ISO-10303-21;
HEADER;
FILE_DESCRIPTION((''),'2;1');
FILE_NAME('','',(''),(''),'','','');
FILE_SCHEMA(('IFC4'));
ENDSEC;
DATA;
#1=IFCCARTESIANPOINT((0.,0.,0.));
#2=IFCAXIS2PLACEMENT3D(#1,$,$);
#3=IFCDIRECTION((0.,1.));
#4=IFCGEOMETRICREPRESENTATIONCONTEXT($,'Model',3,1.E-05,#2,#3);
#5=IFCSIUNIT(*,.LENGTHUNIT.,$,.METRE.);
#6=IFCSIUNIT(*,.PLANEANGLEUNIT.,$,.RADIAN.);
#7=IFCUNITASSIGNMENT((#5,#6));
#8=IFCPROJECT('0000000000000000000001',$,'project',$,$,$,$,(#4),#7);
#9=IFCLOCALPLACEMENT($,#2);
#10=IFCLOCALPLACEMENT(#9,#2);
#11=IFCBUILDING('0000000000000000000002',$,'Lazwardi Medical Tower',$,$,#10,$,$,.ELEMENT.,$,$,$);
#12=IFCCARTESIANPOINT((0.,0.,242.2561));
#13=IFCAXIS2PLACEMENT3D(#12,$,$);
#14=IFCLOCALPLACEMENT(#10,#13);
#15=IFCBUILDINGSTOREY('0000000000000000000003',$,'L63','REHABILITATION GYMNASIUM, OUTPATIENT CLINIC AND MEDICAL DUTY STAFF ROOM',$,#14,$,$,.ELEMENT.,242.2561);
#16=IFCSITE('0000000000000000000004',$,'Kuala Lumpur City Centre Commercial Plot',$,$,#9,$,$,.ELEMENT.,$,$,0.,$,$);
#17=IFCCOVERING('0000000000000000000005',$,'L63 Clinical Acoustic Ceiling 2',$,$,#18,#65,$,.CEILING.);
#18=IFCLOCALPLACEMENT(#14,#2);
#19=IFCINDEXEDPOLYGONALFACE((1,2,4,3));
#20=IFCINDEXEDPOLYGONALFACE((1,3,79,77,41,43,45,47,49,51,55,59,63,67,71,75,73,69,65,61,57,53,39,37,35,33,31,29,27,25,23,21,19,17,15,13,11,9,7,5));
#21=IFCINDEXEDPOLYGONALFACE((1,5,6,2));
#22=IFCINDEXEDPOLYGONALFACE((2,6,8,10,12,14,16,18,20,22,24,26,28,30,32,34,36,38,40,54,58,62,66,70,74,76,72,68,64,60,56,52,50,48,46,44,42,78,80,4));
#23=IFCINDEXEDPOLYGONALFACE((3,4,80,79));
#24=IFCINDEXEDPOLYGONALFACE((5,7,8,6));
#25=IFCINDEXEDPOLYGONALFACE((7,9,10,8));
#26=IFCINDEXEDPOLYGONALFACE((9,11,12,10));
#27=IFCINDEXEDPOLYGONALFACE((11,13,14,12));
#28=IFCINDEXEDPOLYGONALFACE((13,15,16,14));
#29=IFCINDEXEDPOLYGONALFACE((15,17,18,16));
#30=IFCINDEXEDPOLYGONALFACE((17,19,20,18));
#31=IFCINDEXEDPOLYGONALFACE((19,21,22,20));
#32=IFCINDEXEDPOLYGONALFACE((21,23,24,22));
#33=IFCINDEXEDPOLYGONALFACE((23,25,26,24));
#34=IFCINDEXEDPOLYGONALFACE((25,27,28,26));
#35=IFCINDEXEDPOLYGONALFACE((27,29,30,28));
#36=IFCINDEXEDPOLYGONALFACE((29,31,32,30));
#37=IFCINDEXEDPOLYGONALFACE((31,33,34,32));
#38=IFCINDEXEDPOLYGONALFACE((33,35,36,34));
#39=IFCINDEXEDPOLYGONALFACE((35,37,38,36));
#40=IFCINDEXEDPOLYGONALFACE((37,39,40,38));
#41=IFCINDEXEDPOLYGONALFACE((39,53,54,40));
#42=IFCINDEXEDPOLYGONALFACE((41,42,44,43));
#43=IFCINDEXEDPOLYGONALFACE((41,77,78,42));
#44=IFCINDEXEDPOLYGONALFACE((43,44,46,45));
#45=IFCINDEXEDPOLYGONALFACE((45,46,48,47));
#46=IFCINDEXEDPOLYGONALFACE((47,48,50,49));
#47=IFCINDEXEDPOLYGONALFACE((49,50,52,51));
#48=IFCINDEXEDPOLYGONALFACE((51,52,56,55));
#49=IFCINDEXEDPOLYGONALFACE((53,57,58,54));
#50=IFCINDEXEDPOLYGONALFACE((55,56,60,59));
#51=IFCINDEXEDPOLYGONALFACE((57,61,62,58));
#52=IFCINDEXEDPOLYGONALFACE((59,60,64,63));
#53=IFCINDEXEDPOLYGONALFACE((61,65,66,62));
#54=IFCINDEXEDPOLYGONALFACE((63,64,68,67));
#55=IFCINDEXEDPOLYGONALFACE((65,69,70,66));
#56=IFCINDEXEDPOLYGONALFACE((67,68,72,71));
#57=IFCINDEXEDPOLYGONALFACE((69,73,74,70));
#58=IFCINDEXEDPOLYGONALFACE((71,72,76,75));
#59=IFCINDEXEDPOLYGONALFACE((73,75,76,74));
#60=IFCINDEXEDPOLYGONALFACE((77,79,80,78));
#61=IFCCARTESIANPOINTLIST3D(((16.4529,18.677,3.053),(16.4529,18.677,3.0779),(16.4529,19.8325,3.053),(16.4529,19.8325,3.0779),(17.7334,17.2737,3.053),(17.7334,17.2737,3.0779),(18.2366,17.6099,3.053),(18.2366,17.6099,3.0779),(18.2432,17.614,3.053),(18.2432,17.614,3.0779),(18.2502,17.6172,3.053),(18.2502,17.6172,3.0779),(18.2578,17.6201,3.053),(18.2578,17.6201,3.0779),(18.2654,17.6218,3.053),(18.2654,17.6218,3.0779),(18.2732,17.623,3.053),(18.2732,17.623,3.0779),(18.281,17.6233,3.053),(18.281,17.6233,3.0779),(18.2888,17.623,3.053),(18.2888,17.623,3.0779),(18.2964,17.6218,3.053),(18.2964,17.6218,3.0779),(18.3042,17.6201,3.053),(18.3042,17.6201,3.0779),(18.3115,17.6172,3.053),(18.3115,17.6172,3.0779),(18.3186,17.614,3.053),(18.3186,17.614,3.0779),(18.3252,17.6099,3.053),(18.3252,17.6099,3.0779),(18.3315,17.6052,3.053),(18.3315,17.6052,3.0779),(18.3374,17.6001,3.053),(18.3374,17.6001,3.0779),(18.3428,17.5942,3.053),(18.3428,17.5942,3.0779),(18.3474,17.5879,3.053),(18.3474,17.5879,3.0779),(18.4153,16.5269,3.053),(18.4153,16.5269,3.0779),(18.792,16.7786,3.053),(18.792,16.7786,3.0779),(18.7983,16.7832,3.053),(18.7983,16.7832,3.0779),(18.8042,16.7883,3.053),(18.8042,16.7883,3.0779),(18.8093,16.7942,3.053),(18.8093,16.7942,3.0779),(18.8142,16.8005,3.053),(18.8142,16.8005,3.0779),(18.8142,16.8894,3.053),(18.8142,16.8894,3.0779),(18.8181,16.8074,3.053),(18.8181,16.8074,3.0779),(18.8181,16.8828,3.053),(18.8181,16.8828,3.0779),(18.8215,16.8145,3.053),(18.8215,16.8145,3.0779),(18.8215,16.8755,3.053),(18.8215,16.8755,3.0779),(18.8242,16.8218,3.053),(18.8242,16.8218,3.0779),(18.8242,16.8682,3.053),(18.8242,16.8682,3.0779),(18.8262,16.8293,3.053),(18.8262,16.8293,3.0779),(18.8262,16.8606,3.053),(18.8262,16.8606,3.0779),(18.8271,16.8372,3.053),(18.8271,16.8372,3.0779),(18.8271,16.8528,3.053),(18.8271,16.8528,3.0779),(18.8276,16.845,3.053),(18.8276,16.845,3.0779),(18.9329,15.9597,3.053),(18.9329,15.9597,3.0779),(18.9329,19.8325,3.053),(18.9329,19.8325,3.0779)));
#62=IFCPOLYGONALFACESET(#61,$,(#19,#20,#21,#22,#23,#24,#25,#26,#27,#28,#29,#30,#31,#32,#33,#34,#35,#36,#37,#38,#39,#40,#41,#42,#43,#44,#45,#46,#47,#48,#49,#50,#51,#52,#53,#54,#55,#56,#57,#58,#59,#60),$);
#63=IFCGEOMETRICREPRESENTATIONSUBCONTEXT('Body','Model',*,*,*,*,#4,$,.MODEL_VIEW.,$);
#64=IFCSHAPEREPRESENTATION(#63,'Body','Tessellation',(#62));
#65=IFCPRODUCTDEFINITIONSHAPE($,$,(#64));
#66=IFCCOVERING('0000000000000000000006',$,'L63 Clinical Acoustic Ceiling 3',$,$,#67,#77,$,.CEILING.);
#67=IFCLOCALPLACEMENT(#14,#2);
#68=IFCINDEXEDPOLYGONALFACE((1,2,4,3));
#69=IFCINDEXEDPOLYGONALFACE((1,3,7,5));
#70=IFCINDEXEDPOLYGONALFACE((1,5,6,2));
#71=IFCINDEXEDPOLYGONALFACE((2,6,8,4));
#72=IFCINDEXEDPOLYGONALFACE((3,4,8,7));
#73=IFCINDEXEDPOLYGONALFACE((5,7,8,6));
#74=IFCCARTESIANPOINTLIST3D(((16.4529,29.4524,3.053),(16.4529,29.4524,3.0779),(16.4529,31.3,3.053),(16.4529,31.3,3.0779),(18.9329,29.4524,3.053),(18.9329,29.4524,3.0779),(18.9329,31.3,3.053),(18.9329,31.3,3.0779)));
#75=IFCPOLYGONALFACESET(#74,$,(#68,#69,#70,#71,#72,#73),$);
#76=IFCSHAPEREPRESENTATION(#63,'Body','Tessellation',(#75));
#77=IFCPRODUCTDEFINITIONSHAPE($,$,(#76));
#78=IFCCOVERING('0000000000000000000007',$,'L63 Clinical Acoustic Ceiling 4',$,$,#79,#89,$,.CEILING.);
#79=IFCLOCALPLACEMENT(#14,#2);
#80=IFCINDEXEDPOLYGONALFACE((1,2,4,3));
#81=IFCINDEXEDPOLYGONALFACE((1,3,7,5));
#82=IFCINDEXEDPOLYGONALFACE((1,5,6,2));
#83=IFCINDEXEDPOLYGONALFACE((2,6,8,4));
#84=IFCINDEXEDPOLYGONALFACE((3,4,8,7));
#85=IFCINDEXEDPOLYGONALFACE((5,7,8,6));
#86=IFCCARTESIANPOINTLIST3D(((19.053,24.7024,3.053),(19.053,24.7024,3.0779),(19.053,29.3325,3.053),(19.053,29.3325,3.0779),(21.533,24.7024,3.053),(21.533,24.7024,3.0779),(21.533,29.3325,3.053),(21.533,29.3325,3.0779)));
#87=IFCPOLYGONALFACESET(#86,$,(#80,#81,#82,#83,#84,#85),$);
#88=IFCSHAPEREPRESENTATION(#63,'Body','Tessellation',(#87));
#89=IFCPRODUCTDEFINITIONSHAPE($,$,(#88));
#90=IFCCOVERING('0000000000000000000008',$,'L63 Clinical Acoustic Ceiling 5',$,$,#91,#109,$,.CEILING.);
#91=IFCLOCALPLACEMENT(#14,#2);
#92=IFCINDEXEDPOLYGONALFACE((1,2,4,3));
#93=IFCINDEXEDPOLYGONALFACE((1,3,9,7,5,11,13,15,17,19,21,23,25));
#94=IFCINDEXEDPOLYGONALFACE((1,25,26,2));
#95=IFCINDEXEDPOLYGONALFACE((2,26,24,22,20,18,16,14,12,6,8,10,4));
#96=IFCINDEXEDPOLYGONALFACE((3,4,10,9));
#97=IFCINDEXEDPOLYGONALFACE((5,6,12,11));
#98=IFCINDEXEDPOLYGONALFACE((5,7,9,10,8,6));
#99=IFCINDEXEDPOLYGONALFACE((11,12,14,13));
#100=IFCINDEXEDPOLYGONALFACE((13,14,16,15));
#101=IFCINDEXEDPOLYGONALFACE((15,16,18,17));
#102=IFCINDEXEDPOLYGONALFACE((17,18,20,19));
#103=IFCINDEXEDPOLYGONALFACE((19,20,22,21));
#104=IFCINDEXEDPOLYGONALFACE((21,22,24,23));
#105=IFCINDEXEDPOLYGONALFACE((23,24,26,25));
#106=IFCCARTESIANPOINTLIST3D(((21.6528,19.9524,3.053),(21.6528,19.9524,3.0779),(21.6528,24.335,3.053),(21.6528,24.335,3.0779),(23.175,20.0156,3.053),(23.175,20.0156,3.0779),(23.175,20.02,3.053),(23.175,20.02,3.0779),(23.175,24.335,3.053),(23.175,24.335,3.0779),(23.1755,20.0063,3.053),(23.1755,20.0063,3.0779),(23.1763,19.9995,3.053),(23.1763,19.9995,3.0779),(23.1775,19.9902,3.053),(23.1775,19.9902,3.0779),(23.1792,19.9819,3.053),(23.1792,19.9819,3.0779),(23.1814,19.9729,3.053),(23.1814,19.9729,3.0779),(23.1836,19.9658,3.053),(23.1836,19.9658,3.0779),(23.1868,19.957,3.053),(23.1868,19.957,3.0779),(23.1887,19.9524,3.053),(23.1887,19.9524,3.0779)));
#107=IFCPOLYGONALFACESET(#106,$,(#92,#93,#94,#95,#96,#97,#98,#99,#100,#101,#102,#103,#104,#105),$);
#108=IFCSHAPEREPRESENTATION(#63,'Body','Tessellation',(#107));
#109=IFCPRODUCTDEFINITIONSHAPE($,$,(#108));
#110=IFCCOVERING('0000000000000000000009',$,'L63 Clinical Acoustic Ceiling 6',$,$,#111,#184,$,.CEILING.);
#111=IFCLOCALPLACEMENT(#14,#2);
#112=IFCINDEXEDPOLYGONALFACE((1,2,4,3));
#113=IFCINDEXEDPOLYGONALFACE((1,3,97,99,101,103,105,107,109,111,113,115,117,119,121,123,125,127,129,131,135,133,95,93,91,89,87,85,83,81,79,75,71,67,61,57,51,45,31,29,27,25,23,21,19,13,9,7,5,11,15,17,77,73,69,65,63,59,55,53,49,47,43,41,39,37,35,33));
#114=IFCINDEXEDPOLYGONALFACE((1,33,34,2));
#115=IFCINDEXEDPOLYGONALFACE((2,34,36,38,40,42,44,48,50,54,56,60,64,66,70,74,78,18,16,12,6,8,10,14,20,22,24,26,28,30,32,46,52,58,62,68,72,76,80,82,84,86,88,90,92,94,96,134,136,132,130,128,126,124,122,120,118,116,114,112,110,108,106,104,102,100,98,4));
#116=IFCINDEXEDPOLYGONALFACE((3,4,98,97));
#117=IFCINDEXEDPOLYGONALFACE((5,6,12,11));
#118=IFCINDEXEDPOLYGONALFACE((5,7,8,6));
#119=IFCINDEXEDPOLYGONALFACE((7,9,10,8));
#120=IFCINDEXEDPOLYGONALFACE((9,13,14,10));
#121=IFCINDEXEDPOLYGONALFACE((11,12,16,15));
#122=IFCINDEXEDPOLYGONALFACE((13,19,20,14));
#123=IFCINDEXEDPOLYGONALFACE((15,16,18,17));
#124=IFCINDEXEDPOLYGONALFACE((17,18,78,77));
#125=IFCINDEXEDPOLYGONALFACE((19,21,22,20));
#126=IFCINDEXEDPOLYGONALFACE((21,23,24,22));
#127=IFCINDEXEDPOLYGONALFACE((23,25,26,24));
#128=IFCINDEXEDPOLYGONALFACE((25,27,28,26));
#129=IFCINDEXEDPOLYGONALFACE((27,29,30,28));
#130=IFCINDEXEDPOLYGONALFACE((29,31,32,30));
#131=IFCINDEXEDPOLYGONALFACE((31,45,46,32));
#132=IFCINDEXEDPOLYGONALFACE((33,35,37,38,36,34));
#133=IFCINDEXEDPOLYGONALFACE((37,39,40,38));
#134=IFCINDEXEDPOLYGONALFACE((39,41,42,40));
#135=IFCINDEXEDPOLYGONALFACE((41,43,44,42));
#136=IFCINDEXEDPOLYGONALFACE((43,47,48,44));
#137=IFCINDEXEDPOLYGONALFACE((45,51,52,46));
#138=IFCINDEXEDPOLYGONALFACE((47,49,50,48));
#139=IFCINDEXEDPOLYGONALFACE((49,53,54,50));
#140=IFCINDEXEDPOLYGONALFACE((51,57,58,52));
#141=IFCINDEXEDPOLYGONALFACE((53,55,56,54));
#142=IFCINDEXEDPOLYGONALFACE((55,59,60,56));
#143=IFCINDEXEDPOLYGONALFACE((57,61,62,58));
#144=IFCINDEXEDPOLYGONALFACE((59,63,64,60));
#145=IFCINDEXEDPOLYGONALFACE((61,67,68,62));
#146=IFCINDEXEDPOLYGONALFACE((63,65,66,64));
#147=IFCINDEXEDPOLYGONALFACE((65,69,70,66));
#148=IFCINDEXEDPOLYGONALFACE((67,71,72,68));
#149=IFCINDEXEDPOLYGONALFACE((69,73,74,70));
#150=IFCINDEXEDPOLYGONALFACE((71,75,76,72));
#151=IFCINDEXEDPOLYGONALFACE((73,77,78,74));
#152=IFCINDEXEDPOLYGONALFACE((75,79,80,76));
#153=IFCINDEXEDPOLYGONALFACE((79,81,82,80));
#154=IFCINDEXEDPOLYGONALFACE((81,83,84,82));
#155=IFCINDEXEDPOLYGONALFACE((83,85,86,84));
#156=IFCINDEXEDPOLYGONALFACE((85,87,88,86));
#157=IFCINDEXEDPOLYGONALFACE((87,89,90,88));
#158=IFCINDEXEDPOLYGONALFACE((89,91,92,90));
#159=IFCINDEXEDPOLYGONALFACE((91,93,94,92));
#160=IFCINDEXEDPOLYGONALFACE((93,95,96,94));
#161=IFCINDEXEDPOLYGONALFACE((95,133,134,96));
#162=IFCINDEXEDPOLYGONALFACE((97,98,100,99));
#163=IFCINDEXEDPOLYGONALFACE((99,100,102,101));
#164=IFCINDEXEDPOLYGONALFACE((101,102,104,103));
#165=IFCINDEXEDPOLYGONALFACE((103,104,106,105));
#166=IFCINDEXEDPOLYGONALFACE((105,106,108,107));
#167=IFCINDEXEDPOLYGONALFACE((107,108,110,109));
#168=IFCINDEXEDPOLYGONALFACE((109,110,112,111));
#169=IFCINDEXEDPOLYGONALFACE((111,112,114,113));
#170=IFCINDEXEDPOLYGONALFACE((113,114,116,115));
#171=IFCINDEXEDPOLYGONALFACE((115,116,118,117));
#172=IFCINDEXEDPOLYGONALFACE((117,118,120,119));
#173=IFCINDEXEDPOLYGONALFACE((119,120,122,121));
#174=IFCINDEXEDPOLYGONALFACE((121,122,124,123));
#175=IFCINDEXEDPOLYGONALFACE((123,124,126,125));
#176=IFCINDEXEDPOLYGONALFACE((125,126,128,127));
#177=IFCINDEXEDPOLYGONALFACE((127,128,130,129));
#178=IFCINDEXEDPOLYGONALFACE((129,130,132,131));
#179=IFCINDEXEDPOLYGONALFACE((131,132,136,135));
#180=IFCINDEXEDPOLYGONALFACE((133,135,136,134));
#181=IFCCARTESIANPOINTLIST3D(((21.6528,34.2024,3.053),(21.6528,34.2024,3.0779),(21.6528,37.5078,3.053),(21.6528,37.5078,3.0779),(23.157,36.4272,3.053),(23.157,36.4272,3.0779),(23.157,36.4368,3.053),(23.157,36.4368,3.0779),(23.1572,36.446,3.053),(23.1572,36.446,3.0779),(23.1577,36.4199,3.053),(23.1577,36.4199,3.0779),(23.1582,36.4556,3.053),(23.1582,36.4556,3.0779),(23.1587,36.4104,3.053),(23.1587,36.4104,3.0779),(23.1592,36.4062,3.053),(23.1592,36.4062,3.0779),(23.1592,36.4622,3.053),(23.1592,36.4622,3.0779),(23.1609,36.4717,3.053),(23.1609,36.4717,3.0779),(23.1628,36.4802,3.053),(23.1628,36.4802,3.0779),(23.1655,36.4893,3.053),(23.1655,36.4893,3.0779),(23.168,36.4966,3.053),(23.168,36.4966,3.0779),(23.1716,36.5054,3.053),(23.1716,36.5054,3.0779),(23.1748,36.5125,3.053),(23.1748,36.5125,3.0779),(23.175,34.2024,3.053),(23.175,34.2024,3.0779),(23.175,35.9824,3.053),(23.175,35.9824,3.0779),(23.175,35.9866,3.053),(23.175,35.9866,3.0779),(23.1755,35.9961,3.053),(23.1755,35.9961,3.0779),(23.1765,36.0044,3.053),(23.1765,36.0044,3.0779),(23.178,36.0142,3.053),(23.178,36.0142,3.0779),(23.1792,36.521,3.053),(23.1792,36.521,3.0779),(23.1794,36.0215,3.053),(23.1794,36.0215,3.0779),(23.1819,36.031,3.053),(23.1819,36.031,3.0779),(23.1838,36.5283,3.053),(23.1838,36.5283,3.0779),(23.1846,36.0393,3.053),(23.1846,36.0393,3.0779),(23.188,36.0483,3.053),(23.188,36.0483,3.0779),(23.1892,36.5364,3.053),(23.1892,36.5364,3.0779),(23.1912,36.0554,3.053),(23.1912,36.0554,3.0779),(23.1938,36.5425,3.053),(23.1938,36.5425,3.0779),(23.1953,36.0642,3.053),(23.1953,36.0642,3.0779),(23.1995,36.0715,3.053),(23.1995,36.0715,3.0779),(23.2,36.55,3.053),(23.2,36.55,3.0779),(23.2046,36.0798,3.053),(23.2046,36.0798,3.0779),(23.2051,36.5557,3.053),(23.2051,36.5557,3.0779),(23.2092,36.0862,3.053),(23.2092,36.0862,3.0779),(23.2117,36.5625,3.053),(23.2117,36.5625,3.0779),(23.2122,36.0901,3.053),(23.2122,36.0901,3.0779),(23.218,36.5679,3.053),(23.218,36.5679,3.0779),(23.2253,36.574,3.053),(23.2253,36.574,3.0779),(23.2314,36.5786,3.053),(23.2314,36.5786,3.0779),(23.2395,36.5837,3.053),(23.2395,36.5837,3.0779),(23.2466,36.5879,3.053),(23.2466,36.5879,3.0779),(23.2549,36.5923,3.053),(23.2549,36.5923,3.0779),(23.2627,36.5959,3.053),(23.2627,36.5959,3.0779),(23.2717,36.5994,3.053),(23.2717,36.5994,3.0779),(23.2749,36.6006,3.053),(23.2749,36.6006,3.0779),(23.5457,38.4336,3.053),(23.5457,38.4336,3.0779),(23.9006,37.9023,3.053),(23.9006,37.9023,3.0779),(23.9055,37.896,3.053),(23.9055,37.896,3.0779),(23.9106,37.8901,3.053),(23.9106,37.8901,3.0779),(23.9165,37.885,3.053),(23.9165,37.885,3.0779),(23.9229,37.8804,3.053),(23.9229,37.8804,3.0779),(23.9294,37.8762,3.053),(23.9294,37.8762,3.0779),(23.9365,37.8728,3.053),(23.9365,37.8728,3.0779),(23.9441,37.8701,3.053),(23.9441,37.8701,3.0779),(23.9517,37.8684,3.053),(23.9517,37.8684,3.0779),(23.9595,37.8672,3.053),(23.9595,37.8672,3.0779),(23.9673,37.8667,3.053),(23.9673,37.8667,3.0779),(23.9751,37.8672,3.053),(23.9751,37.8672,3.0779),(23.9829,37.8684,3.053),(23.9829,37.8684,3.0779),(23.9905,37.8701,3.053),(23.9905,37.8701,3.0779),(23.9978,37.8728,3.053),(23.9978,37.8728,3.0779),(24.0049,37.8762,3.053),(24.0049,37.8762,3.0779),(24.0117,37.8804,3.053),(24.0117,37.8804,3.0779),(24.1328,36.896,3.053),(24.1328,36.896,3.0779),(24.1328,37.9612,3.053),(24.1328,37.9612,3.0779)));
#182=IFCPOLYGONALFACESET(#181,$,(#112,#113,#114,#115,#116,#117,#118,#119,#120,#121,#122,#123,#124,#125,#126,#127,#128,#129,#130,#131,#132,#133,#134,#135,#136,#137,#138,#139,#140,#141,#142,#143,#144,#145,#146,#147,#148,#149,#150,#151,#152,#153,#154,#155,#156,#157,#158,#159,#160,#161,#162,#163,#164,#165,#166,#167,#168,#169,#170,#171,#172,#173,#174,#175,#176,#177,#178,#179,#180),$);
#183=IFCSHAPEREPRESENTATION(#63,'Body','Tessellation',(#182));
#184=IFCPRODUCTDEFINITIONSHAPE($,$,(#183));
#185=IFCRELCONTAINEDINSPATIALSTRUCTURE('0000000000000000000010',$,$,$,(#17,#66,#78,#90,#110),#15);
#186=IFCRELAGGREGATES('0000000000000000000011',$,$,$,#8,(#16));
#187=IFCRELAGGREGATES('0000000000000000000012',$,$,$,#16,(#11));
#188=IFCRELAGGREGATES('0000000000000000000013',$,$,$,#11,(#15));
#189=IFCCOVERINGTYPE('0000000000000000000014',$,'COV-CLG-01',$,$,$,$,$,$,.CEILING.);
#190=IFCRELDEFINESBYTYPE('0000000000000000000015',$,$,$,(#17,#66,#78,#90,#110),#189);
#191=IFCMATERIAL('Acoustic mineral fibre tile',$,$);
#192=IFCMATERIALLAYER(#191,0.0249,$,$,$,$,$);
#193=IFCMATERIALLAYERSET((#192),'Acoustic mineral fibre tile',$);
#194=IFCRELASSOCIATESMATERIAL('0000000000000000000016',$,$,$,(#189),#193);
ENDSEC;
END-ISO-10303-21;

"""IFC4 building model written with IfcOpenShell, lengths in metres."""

from ifc_helpers import new_model, si_unit, direction, frame, origin, place, context, subcontext, project, spatial, polyline, outline, extrude, material, layer, layer_set, type_object, element, save


model = new_model("IFC4")

# Units and contexts
model_context = context("Model", 3, precision=1e-05, world=origin(), true_north=direction((0.0, 1.0)))
body_context = subcontext(model_context, "Body", "Model", "MODEL_VIEW")
ifc_project = project(units=[si_unit("LENGTHUNIT", "METRE"), si_unit("PLANEANGLEUNIT", "RADIAN")], contexts=[model_context])

# Site, building, storey
site_placement = place(None, origin())
site = spatial("IfcSite", under=ifc_project, at=site_placement, Name="Kuala Lumpur City Centre Commercial Plot", CompositionType="ELEMENT", RefElevation=0.0)
building_placement = place(site_placement, origin())
building = spatial("IfcBuilding", under=site, at=building_placement, Name="Lazwardi Medical Tower", CompositionType="ELEMENT")
storey_placement = place(building_placement, frame((0.0, 0.0, 242.2561)))
storey = spatial("IfcBuildingStorey", under=building, at=storey_placement, Name="L63", Description="REHABILITATION GYMNASIUM, OUTPATIENT CLINIC AND MEDICAL DUTY STAFF ROOM", CompositionType="ELEMENT", Elevation=242.2561)

# Coverings
ifc_material_1 = material(Name="Acoustic mineral fibre tile")
ifc_layer_1 = layer(ifc_material_1, 0.0249)
ifc_layer_set_1 = layer_set([ifc_layer_1], Name="Acoustic mineral fibre tile")
covering_type_1 = type_object("IfcCoveringType", Name="COV-CLG-01", PredefinedType="CEILING", material=ifc_layer_set_1)
covering_1_placement = place(storey_placement, frame((0.0, 0.0, 3.053)))
element("IfcCovering", 1, at=covering_1_placement, inside=storey, type_object=covering_type_1, Name="L63 Clinical Acoustic Ceiling 2", PredefinedType="CEILING", context=body_context, shape_type="SweptSolid", body=[
    extrude(outline(polyline([(16.4529, 18.677), (17.7334, 17.2737), (18.2366, 17.6099), (18.2432, 17.614), (18.2502, 17.6172), (18.2578, 17.6201), (18.2654, 17.6218), (18.2732, 17.623), (18.281, 17.6233), (18.2888, 17.623), (18.2964, 17.6218), (18.3042, 17.6201), (18.3115, 17.6172), (18.3186, 17.614), (18.3252, 17.6099), (18.3315, 17.6052), (18.3374, 17.6001), (18.3428, 17.5942), (18.3474, 17.5879), (18.8142, 16.8894), (18.8181, 16.8828), (18.8215, 16.8755), (18.8242, 16.8682), (18.8262, 16.8606), (18.8271, 16.8528), (18.8276, 16.845), (18.8271, 16.8372), (18.8262, 16.8293), (18.8242, 16.8218), (18.8215, 16.8145), (18.8181, 16.8074), (18.8142, 16.8005), (18.8093, 16.7942), (18.8042, 16.7883), (18.7983, 16.7832), (18.792, 16.7786), (18.4153, 16.5269), (18.9329, 15.9597), (18.9329, 19.8325), (16.4529, 19.8325), (16.4529, 18.677)])), origin(), (0.0, 0.0, 1.0), 0.0249),
])
covering_2_placement = place(storey_placement, frame((0.0, 0.0, 3.053)))
element("IfcCovering", 2, at=covering_2_placement, inside=storey, type_object=covering_type_1, Name="L63 Clinical Acoustic Ceiling 3", PredefinedType="CEILING", context=body_context, shape_type="SweptSolid", body=[
    extrude(outline(polyline([(18.9329, 31.3), (16.4529, 31.3), (16.4529, 29.4524), (18.9329, 29.4524), (18.9329, 31.3)])), origin(), (0.0, 0.0, 1.0), 0.0249),
])
covering_3_placement = place(storey_placement, frame((0.0, 0.0, 3.053)))
element("IfcCovering", 3, at=covering_3_placement, inside=storey, type_object=covering_type_1, Name="L63 Clinical Acoustic Ceiling 4", PredefinedType="CEILING", context=body_context, shape_type="SweptSolid", body=[
    extrude(outline(polyline([(21.533, 24.7024), (21.533, 29.3325), (19.053, 29.3325), (19.053, 24.7024), (21.533, 24.7024)])), origin(), (0.0, 0.0, 1.0), 0.0249),
])
covering_4_placement = place(storey_placement, frame((0.0, 0.0, 3.053)))
element("IfcCovering", 4, at=covering_4_placement, inside=storey, type_object=covering_type_1, Name="L63 Clinical Acoustic Ceiling 5", PredefinedType="CEILING", context=body_context, shape_type="SweptSolid", body=[
    extrude(outline(polyline([(23.1887, 19.9524), (23.1868, 19.957), (23.1836, 19.9658), (23.1814, 19.9729), (23.1792, 19.9819), (23.1775, 19.9902), (23.1763, 19.9995), (23.1755, 20.0063), (23.175, 20.0156), (23.175, 20.02), (23.175, 24.335), (21.6528, 24.335), (21.6528, 19.9524), (23.1887, 19.9524)])), origin(), (0.0, 0.0, 1.0), 0.0249),
])
covering_5_placement = place(storey_placement, frame((0.0, 0.0, 3.053)))
element("IfcCovering", 5, at=covering_5_placement, inside=storey, type_object=covering_type_1, Name="L63 Clinical Acoustic Ceiling 6", PredefinedType="CEILING", context=body_context, shape_type="SweptSolid", body=[
    extrude(outline(polyline([(24.1328, 37.9612), (24.0117, 37.8804), (24.0049, 37.8762), (23.9978, 37.8728), (23.9905, 37.8701), (23.9829, 37.8684), (23.9751, 37.8672), (23.9673, 37.8667), (23.9595, 37.8672), (23.9517, 37.8684), (23.9441, 37.8701), (23.9365, 37.8728), (23.9294, 37.8762), (23.9229, 37.8804), (23.9165, 37.885), (23.9106, 37.8901), (23.9055, 37.896), (23.9006, 37.9023), (23.5457, 38.4336), (21.6528, 37.5078), (21.6528, 34.2024), (23.175, 34.2024), (23.175, 35.9824), (23.175, 35.9866), (23.1755, 35.9961), (23.1765, 36.0044), (23.178, 36.0142), (23.1794, 36.0215), (23.1819, 36.031), (23.1846, 36.0393), (23.188, 36.0483), (23.1912, 36.0554), (23.1953, 36.0642), (23.1995, 36.0715), (23.2046, 36.0798), (23.2092, 36.0862), (23.2122, 36.0901), (23.1592, 36.4062), (23.1587, 36.4104), (23.1577, 36.4199), (23.157, 36.4272), (23.157, 36.4368), (23.1572, 36.446), (23.1582, 36.4556), (23.1592, 36.4622), (23.1609, 36.4717), (23.1628, 36.4802), (23.1655, 36.4893), (23.168, 36.4966), (23.1716, 36.5054), (23.1748, 36.5125), (23.1792, 36.521), (23.1838, 36.5283), (23.1892, 36.5364), (23.1938, 36.5425), (23.2, 36.55), (23.2051, 36.5557), (23.2117, 36.5625), (23.218, 36.5679), (23.2253, 36.574), (23.2314, 36.5786), (23.2395, 36.5837), (23.2466, 36.5879), (23.2549, 36.5923), (23.2627, 36.5959), (23.2717, 36.5994), (23.2749, 36.6006), (24.1328, 36.896), (24.1328, 37.9612)])), origin(), (0.0, 0.0, 1.0), 0.0249),
])

save(model, "model.ifc")
